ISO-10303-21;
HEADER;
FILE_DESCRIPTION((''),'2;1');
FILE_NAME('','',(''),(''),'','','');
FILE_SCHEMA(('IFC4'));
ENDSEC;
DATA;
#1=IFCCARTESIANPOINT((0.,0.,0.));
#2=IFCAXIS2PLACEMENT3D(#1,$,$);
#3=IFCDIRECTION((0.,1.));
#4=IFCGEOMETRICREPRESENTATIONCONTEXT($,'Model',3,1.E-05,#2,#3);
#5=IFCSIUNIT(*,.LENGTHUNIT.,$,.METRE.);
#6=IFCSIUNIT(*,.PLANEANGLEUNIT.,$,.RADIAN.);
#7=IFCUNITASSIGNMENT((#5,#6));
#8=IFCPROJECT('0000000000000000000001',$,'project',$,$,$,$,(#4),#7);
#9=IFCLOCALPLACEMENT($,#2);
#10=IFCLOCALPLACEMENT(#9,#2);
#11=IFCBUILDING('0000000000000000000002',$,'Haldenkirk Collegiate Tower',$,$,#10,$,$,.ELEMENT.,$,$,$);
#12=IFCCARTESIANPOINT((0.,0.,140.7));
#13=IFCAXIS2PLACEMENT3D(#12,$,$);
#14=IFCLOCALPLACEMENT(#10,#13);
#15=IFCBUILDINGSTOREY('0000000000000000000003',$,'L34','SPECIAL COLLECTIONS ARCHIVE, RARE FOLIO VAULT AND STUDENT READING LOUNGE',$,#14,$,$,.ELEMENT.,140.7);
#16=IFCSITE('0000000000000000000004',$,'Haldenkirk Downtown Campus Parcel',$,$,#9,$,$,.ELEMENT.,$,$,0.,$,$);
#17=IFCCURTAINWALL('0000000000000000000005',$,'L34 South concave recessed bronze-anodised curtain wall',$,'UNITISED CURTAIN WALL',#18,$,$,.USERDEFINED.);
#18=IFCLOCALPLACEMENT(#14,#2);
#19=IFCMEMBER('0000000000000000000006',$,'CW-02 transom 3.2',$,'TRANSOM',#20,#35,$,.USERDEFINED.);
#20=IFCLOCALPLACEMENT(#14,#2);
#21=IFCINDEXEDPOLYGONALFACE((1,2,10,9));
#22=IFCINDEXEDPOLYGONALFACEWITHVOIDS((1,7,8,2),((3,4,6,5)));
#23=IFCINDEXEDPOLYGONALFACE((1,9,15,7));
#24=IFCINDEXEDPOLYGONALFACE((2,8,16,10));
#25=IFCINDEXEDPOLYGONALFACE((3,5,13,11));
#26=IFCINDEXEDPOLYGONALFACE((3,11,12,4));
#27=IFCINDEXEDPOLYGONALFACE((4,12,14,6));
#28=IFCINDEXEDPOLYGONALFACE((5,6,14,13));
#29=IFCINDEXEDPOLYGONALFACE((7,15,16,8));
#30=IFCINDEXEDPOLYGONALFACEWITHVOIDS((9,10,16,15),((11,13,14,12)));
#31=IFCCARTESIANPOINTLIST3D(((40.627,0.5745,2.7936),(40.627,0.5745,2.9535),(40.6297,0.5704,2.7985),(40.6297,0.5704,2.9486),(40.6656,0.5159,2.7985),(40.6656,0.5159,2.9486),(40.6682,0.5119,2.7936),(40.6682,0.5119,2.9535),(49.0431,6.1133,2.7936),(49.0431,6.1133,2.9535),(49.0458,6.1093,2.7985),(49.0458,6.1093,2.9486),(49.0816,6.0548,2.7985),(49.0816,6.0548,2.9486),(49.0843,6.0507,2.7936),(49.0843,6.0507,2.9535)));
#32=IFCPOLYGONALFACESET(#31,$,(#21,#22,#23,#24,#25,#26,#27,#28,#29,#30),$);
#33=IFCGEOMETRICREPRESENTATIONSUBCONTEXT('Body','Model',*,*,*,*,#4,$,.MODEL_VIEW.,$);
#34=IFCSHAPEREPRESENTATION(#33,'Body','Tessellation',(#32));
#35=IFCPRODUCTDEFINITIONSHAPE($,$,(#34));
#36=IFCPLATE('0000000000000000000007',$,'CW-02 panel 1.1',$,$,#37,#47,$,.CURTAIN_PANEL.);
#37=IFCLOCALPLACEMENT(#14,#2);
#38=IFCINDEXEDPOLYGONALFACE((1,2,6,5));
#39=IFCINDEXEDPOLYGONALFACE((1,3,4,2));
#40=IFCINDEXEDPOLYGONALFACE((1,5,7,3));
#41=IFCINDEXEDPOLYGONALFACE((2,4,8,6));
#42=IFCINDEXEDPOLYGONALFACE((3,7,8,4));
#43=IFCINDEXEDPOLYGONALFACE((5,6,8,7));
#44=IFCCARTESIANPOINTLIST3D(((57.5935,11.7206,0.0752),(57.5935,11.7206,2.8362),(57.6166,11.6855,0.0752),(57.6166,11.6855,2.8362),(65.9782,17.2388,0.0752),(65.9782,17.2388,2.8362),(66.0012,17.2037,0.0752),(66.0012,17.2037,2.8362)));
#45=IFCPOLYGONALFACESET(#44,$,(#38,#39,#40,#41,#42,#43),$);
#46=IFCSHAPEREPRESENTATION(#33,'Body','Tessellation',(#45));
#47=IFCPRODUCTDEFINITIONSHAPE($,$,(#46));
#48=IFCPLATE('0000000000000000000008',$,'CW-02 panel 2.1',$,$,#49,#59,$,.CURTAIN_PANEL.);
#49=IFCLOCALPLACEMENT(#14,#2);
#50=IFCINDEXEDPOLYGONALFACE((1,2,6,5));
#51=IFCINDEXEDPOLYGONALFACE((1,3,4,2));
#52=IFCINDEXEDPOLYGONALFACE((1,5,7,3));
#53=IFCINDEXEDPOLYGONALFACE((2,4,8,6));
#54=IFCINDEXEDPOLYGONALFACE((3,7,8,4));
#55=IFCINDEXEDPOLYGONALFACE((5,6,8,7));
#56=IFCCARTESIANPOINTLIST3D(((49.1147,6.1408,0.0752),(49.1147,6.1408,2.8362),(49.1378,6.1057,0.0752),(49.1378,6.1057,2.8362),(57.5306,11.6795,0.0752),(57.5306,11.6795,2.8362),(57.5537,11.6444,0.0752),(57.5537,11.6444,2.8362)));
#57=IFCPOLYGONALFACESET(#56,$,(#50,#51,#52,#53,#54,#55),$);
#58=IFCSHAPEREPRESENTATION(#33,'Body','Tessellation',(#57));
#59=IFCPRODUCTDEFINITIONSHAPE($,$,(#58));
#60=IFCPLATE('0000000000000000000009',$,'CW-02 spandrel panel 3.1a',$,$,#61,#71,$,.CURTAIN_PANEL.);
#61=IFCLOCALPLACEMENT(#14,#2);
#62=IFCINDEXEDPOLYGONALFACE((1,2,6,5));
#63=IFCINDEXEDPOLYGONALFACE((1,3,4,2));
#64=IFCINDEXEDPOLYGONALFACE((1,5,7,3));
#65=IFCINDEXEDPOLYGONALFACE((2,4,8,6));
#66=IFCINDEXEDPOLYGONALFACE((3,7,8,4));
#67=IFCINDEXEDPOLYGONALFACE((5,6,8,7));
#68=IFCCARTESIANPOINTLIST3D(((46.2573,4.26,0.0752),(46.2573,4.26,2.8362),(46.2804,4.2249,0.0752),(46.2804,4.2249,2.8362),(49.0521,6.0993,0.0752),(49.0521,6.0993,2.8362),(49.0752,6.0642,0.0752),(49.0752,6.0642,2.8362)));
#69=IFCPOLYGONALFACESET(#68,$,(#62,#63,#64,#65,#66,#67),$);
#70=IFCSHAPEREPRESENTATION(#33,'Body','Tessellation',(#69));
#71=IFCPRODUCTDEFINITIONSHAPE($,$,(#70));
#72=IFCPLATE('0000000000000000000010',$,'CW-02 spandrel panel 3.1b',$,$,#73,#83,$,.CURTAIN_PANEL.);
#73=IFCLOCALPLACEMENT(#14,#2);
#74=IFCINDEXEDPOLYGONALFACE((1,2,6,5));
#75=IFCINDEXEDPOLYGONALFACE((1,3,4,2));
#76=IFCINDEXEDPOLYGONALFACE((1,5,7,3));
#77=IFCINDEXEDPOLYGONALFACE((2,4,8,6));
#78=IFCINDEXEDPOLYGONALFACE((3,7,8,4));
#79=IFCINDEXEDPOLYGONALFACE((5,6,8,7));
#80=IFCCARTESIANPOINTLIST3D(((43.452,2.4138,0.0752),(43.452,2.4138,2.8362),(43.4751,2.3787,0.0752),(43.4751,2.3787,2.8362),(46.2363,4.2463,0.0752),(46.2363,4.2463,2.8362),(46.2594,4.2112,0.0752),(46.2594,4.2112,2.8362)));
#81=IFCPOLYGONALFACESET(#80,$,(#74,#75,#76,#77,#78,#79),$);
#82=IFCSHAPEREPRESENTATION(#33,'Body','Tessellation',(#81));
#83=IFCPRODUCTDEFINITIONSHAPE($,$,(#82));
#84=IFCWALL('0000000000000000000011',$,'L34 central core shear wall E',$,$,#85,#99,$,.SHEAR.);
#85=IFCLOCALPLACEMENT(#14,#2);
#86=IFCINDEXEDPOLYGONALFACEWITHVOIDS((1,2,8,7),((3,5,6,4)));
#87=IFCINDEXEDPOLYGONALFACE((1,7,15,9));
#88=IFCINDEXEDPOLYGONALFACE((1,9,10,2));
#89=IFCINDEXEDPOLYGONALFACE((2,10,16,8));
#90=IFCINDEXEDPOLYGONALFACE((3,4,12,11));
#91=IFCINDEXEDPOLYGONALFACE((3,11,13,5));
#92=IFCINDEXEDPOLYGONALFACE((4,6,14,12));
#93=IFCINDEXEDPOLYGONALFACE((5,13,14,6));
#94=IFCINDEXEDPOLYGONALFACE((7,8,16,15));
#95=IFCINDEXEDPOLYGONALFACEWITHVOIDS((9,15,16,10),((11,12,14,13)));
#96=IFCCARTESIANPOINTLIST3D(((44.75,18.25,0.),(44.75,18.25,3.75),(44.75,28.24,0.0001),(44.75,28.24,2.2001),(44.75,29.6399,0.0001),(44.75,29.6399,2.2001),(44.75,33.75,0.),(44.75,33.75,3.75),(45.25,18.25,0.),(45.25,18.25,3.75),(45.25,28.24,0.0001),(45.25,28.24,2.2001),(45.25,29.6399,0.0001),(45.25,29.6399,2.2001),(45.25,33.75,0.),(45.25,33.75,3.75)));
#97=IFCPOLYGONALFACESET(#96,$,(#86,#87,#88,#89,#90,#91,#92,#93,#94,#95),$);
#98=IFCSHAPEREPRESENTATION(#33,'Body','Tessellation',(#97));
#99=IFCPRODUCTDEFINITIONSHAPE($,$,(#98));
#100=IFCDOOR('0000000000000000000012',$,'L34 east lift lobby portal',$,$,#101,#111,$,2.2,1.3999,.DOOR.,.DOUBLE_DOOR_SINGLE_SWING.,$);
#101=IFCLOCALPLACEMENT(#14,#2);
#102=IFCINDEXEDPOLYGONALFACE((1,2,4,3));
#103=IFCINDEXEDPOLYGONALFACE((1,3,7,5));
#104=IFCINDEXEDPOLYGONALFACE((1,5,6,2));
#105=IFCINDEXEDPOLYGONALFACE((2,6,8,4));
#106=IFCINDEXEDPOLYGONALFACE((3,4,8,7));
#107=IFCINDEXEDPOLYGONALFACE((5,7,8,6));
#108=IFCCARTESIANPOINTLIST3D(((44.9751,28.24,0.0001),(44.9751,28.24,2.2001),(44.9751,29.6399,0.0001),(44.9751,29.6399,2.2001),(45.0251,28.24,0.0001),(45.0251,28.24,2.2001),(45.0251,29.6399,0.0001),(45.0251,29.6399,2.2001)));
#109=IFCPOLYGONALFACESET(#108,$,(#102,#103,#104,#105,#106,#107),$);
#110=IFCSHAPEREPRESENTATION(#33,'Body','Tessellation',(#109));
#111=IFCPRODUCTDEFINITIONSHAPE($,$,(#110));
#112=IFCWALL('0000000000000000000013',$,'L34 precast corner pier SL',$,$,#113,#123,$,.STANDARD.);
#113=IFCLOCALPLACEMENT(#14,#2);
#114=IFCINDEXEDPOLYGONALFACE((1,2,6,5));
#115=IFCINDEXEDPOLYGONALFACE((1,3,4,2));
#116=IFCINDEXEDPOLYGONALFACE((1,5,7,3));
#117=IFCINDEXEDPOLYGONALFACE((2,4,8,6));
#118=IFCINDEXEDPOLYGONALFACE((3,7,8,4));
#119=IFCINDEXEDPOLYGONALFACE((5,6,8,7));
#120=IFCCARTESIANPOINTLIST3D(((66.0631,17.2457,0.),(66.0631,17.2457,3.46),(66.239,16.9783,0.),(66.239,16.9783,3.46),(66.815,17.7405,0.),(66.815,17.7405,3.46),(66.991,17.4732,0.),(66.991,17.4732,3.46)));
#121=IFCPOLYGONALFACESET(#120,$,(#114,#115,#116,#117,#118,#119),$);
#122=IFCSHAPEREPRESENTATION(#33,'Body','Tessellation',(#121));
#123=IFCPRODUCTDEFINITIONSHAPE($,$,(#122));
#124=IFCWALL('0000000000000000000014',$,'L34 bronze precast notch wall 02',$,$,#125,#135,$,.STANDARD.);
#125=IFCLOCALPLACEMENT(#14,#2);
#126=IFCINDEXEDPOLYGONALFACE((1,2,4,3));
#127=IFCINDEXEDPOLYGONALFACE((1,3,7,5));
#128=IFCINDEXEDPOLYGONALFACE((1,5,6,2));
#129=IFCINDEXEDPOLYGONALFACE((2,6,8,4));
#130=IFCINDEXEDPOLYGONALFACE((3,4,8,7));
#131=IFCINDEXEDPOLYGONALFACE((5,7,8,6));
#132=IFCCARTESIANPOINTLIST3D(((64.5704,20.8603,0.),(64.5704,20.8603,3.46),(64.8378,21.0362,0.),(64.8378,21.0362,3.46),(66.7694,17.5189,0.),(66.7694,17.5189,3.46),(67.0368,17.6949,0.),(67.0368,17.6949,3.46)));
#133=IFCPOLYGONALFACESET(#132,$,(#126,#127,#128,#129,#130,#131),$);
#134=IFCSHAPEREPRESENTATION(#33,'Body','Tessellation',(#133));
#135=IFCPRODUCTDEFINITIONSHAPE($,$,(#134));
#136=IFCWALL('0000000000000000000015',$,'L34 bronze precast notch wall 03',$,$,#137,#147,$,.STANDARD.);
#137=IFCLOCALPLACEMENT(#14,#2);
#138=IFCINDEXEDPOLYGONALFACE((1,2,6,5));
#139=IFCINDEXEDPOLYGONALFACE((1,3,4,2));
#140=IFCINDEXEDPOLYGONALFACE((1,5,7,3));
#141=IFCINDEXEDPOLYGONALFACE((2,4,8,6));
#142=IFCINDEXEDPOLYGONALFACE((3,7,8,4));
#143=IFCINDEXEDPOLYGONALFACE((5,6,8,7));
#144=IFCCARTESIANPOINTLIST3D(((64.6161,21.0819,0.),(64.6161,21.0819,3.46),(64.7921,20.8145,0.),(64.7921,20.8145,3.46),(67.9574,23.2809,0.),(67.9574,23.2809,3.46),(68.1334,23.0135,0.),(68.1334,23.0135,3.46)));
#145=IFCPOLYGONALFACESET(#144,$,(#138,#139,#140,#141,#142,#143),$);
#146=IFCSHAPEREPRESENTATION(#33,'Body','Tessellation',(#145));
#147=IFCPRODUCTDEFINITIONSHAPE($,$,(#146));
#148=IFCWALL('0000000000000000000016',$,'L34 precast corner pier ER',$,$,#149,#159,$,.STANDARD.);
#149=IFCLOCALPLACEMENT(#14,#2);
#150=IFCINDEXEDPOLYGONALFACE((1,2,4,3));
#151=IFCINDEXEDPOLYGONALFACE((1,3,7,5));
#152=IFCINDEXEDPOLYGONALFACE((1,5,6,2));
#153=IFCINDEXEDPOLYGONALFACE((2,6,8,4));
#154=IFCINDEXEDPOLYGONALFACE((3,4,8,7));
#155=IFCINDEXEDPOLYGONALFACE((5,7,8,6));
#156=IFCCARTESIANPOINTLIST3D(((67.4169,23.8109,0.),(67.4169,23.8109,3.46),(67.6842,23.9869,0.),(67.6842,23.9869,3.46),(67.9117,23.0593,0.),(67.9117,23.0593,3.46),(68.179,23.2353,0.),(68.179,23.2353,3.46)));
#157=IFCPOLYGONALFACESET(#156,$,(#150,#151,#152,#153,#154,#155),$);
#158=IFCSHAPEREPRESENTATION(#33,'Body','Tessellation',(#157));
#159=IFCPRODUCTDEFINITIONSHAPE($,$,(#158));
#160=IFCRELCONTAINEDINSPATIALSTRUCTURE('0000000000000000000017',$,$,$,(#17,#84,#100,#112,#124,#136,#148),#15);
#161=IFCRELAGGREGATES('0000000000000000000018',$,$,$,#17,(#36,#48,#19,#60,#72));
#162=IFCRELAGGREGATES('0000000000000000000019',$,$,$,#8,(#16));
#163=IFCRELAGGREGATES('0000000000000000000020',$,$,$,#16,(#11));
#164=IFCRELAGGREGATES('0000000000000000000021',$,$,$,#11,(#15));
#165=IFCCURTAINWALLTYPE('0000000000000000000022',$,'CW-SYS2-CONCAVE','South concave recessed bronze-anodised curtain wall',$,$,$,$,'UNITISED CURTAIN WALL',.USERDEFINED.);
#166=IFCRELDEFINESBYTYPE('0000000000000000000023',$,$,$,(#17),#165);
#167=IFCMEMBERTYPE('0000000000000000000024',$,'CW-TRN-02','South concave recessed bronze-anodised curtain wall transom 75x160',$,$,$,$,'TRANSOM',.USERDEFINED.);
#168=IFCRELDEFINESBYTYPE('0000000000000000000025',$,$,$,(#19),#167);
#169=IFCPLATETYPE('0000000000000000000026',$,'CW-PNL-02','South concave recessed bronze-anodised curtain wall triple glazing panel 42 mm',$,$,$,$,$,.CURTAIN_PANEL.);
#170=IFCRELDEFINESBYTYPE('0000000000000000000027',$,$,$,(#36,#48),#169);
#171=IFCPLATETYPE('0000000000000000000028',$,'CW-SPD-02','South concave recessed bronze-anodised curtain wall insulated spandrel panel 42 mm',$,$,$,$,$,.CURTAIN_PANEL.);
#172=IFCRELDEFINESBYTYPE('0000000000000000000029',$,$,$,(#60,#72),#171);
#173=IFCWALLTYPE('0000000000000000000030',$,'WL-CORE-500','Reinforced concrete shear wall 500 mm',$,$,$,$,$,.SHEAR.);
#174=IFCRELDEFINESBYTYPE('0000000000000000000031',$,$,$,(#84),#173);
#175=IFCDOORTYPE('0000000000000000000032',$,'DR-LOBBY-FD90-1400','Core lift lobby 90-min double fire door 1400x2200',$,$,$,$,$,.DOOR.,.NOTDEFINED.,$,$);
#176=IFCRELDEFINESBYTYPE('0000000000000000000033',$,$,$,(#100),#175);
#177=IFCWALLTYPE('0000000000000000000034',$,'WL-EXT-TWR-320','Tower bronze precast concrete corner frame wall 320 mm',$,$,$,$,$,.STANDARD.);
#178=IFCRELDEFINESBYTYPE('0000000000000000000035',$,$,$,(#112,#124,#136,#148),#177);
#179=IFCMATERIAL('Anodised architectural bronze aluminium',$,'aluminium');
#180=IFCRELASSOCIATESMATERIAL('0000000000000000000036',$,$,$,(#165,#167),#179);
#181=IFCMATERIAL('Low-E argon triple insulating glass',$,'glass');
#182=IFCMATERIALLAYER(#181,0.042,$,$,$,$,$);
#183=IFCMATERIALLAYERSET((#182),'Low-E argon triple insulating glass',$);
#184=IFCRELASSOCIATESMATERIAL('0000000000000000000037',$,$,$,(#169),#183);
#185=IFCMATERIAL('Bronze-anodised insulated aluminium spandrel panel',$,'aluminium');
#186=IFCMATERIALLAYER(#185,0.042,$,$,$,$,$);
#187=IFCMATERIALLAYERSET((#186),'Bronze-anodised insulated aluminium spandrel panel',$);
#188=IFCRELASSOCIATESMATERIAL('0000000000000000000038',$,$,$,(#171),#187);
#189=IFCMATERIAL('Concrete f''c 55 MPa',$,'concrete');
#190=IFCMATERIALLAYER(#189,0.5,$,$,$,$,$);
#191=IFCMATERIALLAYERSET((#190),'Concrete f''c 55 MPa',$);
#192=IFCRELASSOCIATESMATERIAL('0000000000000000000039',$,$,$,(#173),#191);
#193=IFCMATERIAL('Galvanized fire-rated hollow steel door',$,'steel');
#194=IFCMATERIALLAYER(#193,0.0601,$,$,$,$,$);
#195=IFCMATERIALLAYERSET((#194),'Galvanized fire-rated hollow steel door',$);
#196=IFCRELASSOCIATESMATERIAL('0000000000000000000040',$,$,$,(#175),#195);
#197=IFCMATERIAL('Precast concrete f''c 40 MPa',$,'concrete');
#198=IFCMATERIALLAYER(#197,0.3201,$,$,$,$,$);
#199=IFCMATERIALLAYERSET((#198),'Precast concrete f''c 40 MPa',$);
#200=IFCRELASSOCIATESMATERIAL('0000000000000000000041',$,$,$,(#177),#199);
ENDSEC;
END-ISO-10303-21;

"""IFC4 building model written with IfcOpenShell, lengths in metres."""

from ifc_helpers import new_model, si_unit, direction, frame, frame_2d, origin, origin_2d, place, context, subcontext, project, spatial, rectangle, hollow_rectangle, extrude, source, transform, mapped, material, layer, layer_set, material_profile, profile_set, type_object, element, fill, aggregate, save


model = new_model("IFC4")

# Units and contexts
model_context = context("Model", 3, precision=1e-05, world=origin(), true_north=direction((0.0, 1.0)))
body_context = subcontext(model_context, "Body", "Model", "MODEL_VIEW")
ifc_project = project(units=[si_unit("LENGTHUNIT", "METRE"), si_unit("PLANEANGLEUNIT", "RADIAN")], contexts=[model_context])

# Site, building, storey
site_placement = place(None, origin())
site = spatial("IfcSite", under=ifc_project, at=site_placement, Name="Haldenkirk Downtown Campus Parcel", CompositionType="ELEMENT", RefElevation=0.0)
building_placement = place(site_placement, origin())
building = spatial("IfcBuilding", under=site, at=building_placement, Name="Haldenkirk Collegiate Tower", CompositionType="ELEMENT")
storey_placement = place(building_placement, frame((0.0, 0.0, 140.7)))
storey = spatial("IfcBuildingStorey", under=building, at=storey_placement, Name="L34", Description="SPECIAL COLLECTIONS ARCHIVE, RARE FOLIO VAULT AND STUDENT READING LOUNGE", CompositionType="ELEMENT", Elevation=140.7)

# Curtain wall
ifc_material_1 = material(Name="Anodised architectural bronze aluminium", Category="aluminium")
curtain_wall_type_1 = type_object("IfcCurtainWallType", Name="CW-SYS2-CONCAVE", Description="South concave recessed bronze-anodised curtain wall", ElementType="UNITISED CURTAIN WALL", PredefinedType="USERDEFINED", material=ifc_material_1)
curtain_wall_1_placement = place(storey_placement, origin())
curtain_wall_1 = element("IfcCurtainWall", 1, at=curtain_wall_1_placement, inside=storey, type_object=curtain_wall_type_1, Name="L34 South concave recessed bronze-anodised curtain wall", ObjectType="UNITISED CURTAIN WALL", PredefinedType="USERDEFINED")

# Member
ifc_material_profile_1 = material_profile(ifc_material_1, hollow_rectangle(XDim=0.075, YDim=0.1599, WallThickness=0.0049, at=origin_2d()), Name="CW-TRN-02")
ifc_profile_set_1 = profile_set([ifc_material_profile_1], Name="Anodised architectural bronze aluminium")
member_type_1 = type_object("IfcMemberType", Name="CW-TRN-02", Description="South concave recessed bronze-anodised curtain wall transom 75x160", ElementType="TRANSOM", PredefinedType="USERDEFINED", material=ifc_profile_set_1)
member_1_placement = place(storey_placement, frame((49.0637, 6.082, 2.8735), z_axis=(-0.835327, -0.549753, 0.0), x_axis=(0.549753, -0.835327, 0.0)))
member_1 = element("IfcMember", 2, at=member_1_placement, type_object=member_type_1, Name="CW-02 transom 3.2", ObjectType="TRANSOM", PredefinedType="USERDEFINED", context=body_context, shape_type="SweptSolid", body=[
    extrude(hollow_rectangle(XDim=0.075, YDim=0.1599, WallThickness=0.0049, at=origin_2d()), origin(), (0.0, 0.0, 1.0), 10.0752),
])

# Plates
ifc_material_2 = material(Name="Low-E argon triple insulating glass", Category="glass")
ifc_layer_1 = layer(ifc_material_2, 0.042)
ifc_layer_set_1 = layer_set([ifc_layer_1], Name="Low-E argon triple insulating glass")
plate_type_1 = type_object("IfcPlateType", Name="CW-PNL-02", Description="South concave recessed bronze-anodised curtain wall triple glazing panel 42 mm", PredefinedType="CURTAIN_PANEL", material=ifc_layer_set_1)
shared_shape_1 = source(origin(), body_context, "Body", "SweptSolid", [
    extrude(rectangle(XDim=10.0376, YDim=0.042, at=origin_2d()), origin(), (0.0, 0.0, 1.0), 2.761),
])
plate_1_placement = place(storey_placement, frame((61.7974, 14.4622, 0.0752), z_axis=(0.0, 0.0, 1.0), x_axis=(-0.835328, -0.549752, 0.0)))
plate_1 = element("IfcPlate", 3, at=plate_1_placement, type_object=plate_type_1, Name="CW-02 panel 1.1", PredefinedType="CURTAIN_PANEL", context=body_context, shape_type="MappedRepresentation", body=[
    mapped(shared_shape_1, transform((0.0, 0.0, 0.0), x_axis=(1.0, 0.0, 0.0), y_axis=(0.0, 1.0, 0.0), z_axis=(0.0, 0.0, 1.0), scale=1.0)),
])
shared_shape_2 = source(origin(), body_context, "Body", "SweptSolid", [
    extrude(rectangle(XDim=10.075, YDim=0.042, at=origin_2d()), origin(), (0.0, 0.0, 1.0), 2.761),
])
plate_2_placement = place(storey_placement, frame((53.3342, 8.8926, 0.0752), z_axis=(0.0, 0.0, 1.0), x_axis=(-0.835328, -0.549752, 0.0)))
plate_2 = element("IfcPlate", 4, at=plate_2_placement, type_object=plate_type_1, Name="CW-02 panel 2.1", PredefinedType="CURTAIN_PANEL", context=body_context, shape_type="MappedRepresentation", body=[
    mapped(shared_shape_2, transform((0.0, 0.0, 0.0), x_axis=(1.0, 0.0, 0.0), y_axis=(0.0, 1.0, 0.0), z_axis=(0.0, 0.0, 1.0), scale=1.0)),
])
ifc_material_3 = material(Name="Bronze-anodised insulated aluminium spandrel panel", Category="aluminium")
ifc_layer_2 = layer(ifc_material_3, 0.042)
ifc_layer_set_2 = layer_set([ifc_layer_2], Name="Bronze-anodised insulated aluminium spandrel panel")
plate_type_2 = type_object("IfcPlateType", Name="CW-SPD-02", Description="South concave recessed bronze-anodised curtain wall insulated spandrel panel 42 mm", PredefinedType="CURTAIN_PANEL", material=ifc_layer_set_2)
shared_shape_3 = source(origin(), body_context, "Body", "SweptSolid", [
    extrude(rectangle(XDim=3.3457, YDim=0.042, at=origin_2d()), origin(), (0.0, 0.0, 1.0), 2.761),
])
plate_3_placement = place(storey_placement, frame((47.6663, 5.1621, 0.0752), z_axis=(0.0, 0.0, 1.0), x_axis=(-0.835328, -0.549752, 0.0)))
plate_3 = element("IfcPlate", 5, at=plate_3_placement, type_object=plate_type_2, Name="CW-02 spandrel panel 3.1a", PredefinedType="CURTAIN_PANEL", context=body_context, shape_type="MappedRepresentation", body=[
    mapped(shared_shape_3, transform((0.0, 0.0, 0.0), x_axis=(1.0, 0.0, 0.0), y_axis=(0.0, 1.0, 0.0), z_axis=(0.0, 0.0, 1.0), scale=1.0)),
])
shared_shape_4 = source(origin(), body_context, "Body", "SweptSolid", [
    extrude(rectangle(XDim=3.3333, YDim=0.042, at=origin_2d()), origin(), (0.0, 0.0, 1.0), 2.761),
])
plate_4_placement = place(storey_placement, frame((44.8557, 3.3125, 0.0752), z_axis=(0.0, 0.0, 1.0), x_axis=(-0.835328, -0.549752, 0.0)))
plate_4 = element("IfcPlate", 6, at=plate_4_placement, type_object=plate_type_2, Name="CW-02 spandrel panel 3.1b", PredefinedType="CURTAIN_PANEL", context=body_context, shape_type="MappedRepresentation", body=[
    mapped(shared_shape_4, transform((0.0, 0.0, 0.0), x_axis=(1.0, 0.0, 0.0), y_axis=(0.0, 1.0, 0.0), z_axis=(0.0, 0.0, 1.0), scale=1.0)),
])
aggregate(curtain_wall_1, [plate_1, plate_2, member_1, plate_3, plate_4])

# Wall, opening, door
ifc_material_4 = material(Name="Concrete f'c 55 MPa", Category="concrete")
ifc_layer_3 = layer(ifc_material_4, 0.5)
ifc_layer_set_3 = layer_set([ifc_layer_3], Name="Concrete f'c 55 MPa")
wall_type_1 = type_object("IfcWallType", Name="WL-CORE-500", Description="Reinforced concrete shear wall 500 mm", PredefinedType="SHEAR", material=ifc_layer_set_3)
wall_1_placement = place(storey_placement, frame((45.0, 18.25, 0.0), z_axis=(0.0, 0.0, 1.0), x_axis=(0.0, 1.0, 0.0)))
wall_1 = element("IfcWall", 7, at=wall_1_placement, inside=storey, type_object=wall_type_1, Name="L34 central core shear wall E", PredefinedType="SHEAR", context=body_context, shape_type="SweptSolid", body=[
    extrude(rectangle(XDim=15.5, YDim=0.5, at=frame_2d((7.75, 0.0))), origin(), (0.0, 0.0, 1.0), 3.75),
])
opening_1_placement = place(wall_1_placement, frame((9.99, 0.0, 0.0)))
opening_1 = element("IfcOpeningElement", 8, at=opening_1_placement, cuts=wall_1, PredefinedType="OPENING", context=body_context, shape_type="SweptSolid", body=[
    extrude(rectangle(XDim=1.3999, YDim=2.2, at=frame_2d((0.7, 1.1001))), frame((0.0, 0.26, 0.0), z_axis=(0.0, -1.0, 0.0), x_axis=(1.0, 0.0, 0.0)), (0.0, 0.0, 1.0), 0.52),
])
ifc_material_5 = material(Name="Galvanized fire-rated hollow steel door", Category="steel")
ifc_layer_4 = layer(ifc_material_5, 0.0601)
ifc_layer_set_4 = layer_set([ifc_layer_4], Name="Galvanized fire-rated hollow steel door")
door_type_1 = type_object("IfcDoorType", Name="DR-LOBBY-FD90-1400", Description="Core lift lobby 90-min double fire door 1400x2200", OperationType="NOTDEFINED", PredefinedType="DOOR", material=ifc_layer_set_4)
door_1_placement = place(opening_1_placement, origin())
door_1 = element("IfcDoor", 9, at=door_1_placement, inside=storey, type_object=door_type_1, Name="L34 east lift lobby portal", OperationType="DOUBLE_DOOR_SINGLE_SWING", OverallHeight=2.2, OverallWidth=1.3999, PredefinedType="DOOR", context=body_context, shape_type="SweptSolid", body=[
    extrude(rectangle(XDim=1.3999, YDim=2.2, at=frame_2d((0.7, 1.1001))), frame((0.0, 0.0249, 0.0), z_axis=(0.0, -1.0, 0.0), x_axis=(1.0, 0.0, 0.0)), (0.0, 0.0, 1.0), 0.05),
])
fill(opening_1, door_1)

# Walls
ifc_material_6 = material(Name="Precast concrete f'c 40 MPa", Category="concrete")
ifc_layer_5 = layer(ifc_material_6, 0.3201)
ifc_layer_set_5 = layer_set([ifc_layer_5], Name="Precast concrete f'c 40 MPa")
wall_type_2 = type_object("IfcWallType", Name="WL-EXT-TWR-320", Description="Tower bronze precast concrete corner frame wall 320 mm", PredefinedType="STANDARD", material=ifc_layer_set_5)
wall_2_placement = place(storey_placement, frame((66.9031, 17.6069, 0.0), z_axis=(0.0, 0.0, 1.0), x_axis=(-0.835332, -0.549746, 0.0)))
element("IfcWall", 10, at=wall_2_placement, inside=storey, type_object=wall_type_2, Name="L34 precast corner pier SL", PredefinedType="STANDARD", context=body_context, shape_type="SweptSolid", body=[
    extrude(rectangle(XDim=0.9001, YDim=0.3201, at=frame_2d((0.4502, 0.0))), origin(), (0.0, 0.0, 1.0), 3.46),
])
for number, where, z_axis, x_axis, name in (
    (11, (64.7041, 20.9482, 0.0), (0.0, 0.0, 1.0), (0.549747, -0.835332, 0.0), "L34 bronze precast notch wall 02"),
    (12, (68.0454, 23.1472, 0.0), (0.0, 0.0, 1.0), (-0.835332, -0.549747, 0.0), "L34 bronze precast notch wall 03"),
):
    element("IfcWall", number, at=place(storey_placement, frame(where, z_axis=z_axis, x_axis=x_axis)), inside=storey, type_object=wall_type_2, Name=name, PredefinedType="STANDARD", context=body_context, shape_type="SweptSolid", body=[
        extrude(rectangle(XDim=4.0, YDim=0.3201, at=frame_2d((2.0, 0.0))), origin(), (0.0, 0.0, 1.0), 3.46),
    ])
wall_3_placement = place(storey_placement, frame((67.5505, 23.8989, 0.0), z_axis=(0.0, 0.0, 1.0), x_axis=(0.549871, -0.83525, 0.0)))
element("IfcWall", 13, at=wall_3_placement, inside=storey, type_object=wall_type_2, Name="L34 precast corner pier ER", PredefinedType="STANDARD", context=body_context, shape_type="SweptSolid", body=[
    extrude(rectangle(XDim=0.8999, YDim=0.3201, at=frame_2d((0.45, 0.0))), origin(), (0.0, 0.0, 1.0), 3.46),
])

save(model, "model.ifc")
